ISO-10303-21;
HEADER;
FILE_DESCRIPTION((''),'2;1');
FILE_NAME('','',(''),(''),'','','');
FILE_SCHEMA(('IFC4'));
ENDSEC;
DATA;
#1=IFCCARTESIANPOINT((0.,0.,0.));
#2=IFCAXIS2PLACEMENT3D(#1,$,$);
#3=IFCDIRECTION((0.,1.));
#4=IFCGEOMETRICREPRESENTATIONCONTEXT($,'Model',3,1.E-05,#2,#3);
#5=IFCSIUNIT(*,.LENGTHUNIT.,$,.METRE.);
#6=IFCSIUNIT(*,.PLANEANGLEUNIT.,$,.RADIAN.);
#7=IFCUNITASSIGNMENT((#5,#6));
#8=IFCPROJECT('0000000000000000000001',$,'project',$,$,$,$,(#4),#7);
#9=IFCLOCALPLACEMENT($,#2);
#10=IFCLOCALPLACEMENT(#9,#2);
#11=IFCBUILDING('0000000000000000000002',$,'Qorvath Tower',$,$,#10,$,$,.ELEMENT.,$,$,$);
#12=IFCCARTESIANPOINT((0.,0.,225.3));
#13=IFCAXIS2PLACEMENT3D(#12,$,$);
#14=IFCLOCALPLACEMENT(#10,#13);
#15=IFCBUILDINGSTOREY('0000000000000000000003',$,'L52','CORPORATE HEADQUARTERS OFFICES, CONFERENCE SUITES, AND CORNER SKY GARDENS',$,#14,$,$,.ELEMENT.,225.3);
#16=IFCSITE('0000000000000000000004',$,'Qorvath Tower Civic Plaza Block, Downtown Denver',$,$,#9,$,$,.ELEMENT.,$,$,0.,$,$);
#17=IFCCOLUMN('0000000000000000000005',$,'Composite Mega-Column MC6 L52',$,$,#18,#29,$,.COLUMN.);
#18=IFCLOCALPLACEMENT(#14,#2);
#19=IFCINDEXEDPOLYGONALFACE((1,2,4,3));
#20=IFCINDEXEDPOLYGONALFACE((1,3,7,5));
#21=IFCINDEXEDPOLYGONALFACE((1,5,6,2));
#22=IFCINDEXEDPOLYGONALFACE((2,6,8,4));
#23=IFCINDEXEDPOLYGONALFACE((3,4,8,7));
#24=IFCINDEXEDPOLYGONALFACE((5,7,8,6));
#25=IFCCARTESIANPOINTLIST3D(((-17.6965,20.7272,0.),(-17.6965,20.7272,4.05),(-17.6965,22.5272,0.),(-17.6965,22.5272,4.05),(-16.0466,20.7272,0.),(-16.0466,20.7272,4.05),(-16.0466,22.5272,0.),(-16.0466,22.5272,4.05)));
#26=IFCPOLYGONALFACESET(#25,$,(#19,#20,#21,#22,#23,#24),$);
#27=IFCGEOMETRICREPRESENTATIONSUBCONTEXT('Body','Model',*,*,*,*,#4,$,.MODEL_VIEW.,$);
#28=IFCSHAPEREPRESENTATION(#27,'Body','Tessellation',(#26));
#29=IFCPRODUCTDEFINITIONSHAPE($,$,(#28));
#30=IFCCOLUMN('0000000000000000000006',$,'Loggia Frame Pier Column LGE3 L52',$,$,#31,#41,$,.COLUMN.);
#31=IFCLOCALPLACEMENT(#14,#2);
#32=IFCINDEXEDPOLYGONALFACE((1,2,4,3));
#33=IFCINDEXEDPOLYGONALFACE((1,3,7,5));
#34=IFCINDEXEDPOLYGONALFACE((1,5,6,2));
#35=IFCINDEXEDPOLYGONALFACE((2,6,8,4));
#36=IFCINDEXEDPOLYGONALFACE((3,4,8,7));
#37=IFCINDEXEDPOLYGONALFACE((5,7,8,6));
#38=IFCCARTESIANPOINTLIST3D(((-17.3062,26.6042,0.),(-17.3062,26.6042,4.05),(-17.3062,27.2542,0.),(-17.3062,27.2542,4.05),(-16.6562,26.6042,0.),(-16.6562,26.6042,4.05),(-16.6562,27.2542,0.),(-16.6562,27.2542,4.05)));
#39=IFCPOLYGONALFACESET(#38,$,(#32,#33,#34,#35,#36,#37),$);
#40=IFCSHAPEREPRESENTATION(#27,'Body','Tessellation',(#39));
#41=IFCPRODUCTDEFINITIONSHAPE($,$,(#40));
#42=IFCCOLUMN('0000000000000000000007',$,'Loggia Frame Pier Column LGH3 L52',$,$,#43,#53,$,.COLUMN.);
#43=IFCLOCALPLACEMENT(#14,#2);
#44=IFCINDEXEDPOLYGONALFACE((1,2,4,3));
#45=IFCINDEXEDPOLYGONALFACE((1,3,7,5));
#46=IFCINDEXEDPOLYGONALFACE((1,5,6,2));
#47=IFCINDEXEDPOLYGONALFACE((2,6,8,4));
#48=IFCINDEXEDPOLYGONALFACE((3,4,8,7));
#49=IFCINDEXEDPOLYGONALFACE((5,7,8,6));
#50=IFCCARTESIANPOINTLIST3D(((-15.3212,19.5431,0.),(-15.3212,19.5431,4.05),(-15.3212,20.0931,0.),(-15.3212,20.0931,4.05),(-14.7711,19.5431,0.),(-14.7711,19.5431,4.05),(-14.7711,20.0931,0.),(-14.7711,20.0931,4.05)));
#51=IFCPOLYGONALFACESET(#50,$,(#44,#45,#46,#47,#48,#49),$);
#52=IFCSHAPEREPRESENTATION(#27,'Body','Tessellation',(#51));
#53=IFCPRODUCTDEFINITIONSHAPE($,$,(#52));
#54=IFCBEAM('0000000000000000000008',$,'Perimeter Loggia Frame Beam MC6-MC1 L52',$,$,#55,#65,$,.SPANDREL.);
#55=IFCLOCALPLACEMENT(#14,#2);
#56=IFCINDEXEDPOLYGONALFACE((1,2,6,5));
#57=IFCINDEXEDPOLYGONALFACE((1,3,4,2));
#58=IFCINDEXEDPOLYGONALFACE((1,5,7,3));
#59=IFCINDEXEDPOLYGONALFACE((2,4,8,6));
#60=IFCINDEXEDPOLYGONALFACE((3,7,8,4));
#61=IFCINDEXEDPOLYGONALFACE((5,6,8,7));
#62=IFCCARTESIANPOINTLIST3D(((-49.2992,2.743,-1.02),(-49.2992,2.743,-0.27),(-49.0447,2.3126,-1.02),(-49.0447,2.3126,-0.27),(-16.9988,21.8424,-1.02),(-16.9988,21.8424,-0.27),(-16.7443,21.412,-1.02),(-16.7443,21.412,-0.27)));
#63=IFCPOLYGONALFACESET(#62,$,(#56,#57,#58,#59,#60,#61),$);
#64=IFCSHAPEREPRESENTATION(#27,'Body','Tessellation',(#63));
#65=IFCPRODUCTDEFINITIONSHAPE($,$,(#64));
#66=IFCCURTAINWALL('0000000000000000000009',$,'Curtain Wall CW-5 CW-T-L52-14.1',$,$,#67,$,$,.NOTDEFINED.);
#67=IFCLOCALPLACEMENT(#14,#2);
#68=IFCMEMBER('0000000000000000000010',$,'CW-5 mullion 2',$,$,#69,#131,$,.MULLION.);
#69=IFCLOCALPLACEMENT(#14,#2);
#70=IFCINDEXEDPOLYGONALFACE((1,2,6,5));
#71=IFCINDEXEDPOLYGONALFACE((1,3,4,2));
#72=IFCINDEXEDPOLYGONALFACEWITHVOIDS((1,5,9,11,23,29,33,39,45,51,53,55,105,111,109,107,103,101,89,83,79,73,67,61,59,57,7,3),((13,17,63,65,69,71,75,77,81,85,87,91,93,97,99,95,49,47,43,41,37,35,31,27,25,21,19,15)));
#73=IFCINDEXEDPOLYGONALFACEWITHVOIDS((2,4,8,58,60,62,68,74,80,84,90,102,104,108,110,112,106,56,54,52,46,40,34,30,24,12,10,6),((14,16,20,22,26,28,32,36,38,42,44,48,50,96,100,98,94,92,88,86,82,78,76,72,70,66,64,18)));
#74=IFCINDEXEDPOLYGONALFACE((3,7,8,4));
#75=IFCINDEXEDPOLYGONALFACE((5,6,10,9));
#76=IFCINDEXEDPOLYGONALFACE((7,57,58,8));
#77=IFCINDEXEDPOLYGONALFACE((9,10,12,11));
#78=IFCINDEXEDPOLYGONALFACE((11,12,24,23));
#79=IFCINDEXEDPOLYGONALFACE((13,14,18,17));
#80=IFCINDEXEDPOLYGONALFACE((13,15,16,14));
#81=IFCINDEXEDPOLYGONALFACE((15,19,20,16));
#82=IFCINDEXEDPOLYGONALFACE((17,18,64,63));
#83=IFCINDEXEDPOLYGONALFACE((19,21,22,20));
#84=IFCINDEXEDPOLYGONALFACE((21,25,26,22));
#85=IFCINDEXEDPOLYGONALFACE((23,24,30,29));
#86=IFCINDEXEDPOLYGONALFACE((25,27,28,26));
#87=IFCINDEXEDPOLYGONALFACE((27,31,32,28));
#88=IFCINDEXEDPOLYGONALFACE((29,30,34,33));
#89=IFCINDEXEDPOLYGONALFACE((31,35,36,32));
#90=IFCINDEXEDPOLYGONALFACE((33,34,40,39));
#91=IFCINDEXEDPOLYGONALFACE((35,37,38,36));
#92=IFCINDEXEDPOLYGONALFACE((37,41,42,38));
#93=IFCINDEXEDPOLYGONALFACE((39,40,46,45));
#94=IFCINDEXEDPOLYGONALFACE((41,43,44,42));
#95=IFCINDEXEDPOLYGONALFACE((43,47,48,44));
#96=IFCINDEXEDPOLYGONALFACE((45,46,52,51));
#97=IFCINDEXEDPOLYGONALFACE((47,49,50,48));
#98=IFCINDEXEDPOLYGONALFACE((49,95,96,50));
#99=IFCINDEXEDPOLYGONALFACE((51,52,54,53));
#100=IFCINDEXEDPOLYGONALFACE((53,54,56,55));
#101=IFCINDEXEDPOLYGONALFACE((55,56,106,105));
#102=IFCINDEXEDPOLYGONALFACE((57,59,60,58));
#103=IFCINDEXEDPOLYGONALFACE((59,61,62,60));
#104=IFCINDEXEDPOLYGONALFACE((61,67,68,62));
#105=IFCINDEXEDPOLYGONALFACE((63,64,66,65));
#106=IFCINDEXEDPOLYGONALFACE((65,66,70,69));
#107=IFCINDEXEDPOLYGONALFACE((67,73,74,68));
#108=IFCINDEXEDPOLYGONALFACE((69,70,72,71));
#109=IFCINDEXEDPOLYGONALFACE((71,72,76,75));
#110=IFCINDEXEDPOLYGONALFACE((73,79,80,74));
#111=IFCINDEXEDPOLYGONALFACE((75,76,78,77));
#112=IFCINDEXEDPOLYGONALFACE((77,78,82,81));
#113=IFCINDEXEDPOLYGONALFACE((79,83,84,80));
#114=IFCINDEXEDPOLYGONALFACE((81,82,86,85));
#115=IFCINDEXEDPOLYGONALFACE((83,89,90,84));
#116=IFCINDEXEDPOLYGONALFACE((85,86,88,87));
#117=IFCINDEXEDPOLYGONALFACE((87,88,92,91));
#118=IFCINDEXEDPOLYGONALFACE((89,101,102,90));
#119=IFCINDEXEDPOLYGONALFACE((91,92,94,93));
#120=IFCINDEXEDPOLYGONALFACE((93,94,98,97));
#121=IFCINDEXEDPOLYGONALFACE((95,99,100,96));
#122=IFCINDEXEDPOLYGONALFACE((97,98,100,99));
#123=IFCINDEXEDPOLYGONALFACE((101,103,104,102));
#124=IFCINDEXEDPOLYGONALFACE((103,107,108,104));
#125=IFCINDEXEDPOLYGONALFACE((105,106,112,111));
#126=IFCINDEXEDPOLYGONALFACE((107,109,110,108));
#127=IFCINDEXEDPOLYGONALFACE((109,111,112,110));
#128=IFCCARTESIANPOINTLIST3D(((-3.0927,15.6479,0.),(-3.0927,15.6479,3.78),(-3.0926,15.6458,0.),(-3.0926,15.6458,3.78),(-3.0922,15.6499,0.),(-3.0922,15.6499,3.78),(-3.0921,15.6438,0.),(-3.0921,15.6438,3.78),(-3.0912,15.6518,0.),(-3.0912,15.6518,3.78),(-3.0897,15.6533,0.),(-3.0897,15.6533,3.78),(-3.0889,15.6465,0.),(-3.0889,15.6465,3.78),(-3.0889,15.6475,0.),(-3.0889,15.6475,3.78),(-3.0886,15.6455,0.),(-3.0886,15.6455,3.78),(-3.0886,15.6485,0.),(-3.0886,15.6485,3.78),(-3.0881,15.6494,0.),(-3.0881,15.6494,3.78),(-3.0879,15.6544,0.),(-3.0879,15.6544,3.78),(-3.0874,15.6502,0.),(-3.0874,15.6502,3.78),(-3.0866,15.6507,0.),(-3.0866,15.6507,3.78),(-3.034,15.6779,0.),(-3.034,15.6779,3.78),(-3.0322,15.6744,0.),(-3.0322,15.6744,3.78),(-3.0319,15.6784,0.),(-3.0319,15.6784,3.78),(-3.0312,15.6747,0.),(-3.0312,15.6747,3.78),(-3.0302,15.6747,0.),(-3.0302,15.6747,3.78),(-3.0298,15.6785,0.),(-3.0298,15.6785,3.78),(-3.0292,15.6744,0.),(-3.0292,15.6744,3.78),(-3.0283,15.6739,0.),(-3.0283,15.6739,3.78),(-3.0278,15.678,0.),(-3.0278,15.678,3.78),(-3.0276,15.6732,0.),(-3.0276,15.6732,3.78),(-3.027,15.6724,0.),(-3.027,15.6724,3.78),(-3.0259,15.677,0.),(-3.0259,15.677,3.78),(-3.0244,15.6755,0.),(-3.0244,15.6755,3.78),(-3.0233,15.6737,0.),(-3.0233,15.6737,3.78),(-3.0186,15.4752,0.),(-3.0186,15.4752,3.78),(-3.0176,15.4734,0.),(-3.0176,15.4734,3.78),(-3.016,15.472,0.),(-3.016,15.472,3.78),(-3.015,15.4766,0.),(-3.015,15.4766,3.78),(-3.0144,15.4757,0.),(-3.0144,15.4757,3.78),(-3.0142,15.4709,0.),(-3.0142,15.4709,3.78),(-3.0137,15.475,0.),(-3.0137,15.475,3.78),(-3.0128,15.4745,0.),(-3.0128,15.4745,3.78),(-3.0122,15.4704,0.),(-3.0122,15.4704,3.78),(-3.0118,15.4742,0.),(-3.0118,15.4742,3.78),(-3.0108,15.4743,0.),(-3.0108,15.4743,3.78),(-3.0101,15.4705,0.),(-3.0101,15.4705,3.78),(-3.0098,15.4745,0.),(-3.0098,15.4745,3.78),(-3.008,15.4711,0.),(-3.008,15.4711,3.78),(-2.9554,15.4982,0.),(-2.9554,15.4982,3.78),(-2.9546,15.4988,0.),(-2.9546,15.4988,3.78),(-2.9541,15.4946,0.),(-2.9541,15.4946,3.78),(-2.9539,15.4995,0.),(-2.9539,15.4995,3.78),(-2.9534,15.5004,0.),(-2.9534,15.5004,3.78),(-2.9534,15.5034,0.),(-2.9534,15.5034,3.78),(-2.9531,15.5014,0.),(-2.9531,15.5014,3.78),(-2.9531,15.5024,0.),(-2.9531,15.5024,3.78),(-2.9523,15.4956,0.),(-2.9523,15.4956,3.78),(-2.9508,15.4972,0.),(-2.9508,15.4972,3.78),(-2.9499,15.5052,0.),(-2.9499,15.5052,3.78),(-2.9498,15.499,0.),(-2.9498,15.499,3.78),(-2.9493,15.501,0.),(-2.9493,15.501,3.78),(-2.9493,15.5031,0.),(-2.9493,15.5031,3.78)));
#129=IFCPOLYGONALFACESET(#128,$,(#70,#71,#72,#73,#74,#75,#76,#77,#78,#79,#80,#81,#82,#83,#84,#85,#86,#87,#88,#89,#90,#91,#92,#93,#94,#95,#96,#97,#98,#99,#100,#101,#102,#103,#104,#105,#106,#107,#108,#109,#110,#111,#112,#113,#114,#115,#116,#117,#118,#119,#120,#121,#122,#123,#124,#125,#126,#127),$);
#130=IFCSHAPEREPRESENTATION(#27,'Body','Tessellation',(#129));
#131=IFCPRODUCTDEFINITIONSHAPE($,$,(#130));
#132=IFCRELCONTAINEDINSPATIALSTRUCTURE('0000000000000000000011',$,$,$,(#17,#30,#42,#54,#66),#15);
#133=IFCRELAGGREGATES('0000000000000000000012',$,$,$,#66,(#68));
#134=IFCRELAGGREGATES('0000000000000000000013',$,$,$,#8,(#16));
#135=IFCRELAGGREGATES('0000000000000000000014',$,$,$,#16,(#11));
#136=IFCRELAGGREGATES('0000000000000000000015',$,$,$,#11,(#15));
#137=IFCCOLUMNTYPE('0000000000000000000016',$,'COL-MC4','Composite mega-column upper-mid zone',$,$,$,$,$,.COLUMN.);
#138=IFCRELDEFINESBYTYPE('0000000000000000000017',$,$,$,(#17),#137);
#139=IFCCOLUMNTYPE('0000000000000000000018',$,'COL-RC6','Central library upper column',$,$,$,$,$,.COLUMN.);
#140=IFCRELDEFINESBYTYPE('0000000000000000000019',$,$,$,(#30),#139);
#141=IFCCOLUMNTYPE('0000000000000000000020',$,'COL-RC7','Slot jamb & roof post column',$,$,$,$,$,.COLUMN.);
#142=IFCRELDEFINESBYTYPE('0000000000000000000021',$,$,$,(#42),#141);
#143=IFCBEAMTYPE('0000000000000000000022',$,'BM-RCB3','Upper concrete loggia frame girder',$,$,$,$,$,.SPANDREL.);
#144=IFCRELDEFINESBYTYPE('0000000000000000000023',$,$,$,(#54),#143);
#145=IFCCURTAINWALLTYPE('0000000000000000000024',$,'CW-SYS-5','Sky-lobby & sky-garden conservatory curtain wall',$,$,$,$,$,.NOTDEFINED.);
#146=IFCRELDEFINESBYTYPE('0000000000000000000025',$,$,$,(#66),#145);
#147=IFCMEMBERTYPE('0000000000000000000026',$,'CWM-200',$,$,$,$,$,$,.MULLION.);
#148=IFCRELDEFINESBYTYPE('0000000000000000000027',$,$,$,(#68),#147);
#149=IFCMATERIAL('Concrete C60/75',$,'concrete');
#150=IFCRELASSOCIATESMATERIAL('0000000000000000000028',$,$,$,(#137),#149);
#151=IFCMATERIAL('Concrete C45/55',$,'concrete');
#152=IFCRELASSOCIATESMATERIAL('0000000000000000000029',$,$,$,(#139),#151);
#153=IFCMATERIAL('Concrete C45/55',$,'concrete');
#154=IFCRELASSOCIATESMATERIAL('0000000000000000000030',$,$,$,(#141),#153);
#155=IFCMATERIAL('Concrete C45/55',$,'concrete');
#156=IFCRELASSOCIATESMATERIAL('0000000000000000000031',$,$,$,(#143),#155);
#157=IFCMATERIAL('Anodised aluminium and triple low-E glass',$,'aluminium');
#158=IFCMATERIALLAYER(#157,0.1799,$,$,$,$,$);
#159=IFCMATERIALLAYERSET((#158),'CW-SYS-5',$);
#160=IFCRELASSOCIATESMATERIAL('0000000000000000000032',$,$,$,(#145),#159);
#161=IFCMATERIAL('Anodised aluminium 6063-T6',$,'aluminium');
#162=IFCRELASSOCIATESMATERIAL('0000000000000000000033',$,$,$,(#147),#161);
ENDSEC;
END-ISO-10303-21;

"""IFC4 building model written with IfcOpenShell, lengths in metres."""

from ifc_helpers import new_model, si_unit, direction, frame, origin, origin_2d, place, context, subcontext, project, spatial, rectangle, hollow_rectangle, extrude, material, layer, layer_set, material_profile, profile_set, type_object, element, aggregate, save


model = new_model("IFC4")

# Units and contexts
model_context = context("Model", 3, precision=1e-05, world=origin(), true_north=direction((0.0, 1.0)))
body_context = subcontext(model_context, "Body", "Model", "MODEL_VIEW")
ifc_project = project(units=[si_unit("LENGTHUNIT", "METRE"), si_unit("PLANEANGLEUNIT", "RADIAN")], contexts=[model_context])

# Site, building, storey
site_placement = place(None, origin())
site = spatial("IfcSite", under=ifc_project, at=site_placement, Name="Qorvath Tower Civic Plaza Block, Downtown Denver", CompositionType="ELEMENT", RefElevation=0.0)
building_placement = place(site_placement, origin())
building = spatial("IfcBuilding", under=site, at=building_placement, Name="Qorvath Tower", CompositionType="ELEMENT")
storey_placement = place(building_placement, frame((0.0, 0.0, 225.3)))
storey = spatial("IfcBuildingStorey", under=building, at=storey_placement, Name="L52", Description="CORPORATE HEADQUARTERS OFFICES, CONFERENCE SUITES, AND CORNER SKY GARDENS", CompositionType="ELEMENT", Elevation=225.3)

# Columns
ifc_material_1 = material(Name="Concrete C60/75", Category="concrete")
ifc_material_profile_1 = material_profile(ifc_material_1, rectangle(XDim=1.6499, YDim=1.8, at=origin_2d()), Name="MC 1800x1650")
ifc_profile_set_1 = profile_set([ifc_material_profile_1], Name="Concrete C60/75")
column_type_1 = type_object("IfcColumnType", Name="COL-MC4", Description="Composite mega-column upper-mid zone", PredefinedType="COLUMN", material=ifc_profile_set_1)
column_1_placement = place(storey_placement, frame((-16.8716, 21.6272, 0.0), z_axis=(0.0, 0.0, 1.0), x_axis=(1.0, 0.0, 0.0)))
element("IfcColumn", 1, at=column_1_placement, inside=storey, type_object=column_type_1, Name="Composite Mega-Column MC6 L52", PredefinedType="COLUMN", context=body_context, shape_type="SweptSolid", body=[
    extrude(rectangle(XDim=1.6499, YDim=1.8, at=origin_2d()), origin(), (0.0, 0.0, 1.0), 4.05),
])
ifc_material_2 = material(Name="Concrete C45/55", Category="concrete")
ifc_material_profile_2 = material_profile(ifc_material_2, rectangle(XDim=0.6499, YDim=0.6499, at=origin_2d()), Name="RC 650x650")
ifc_profile_set_2 = profile_set([ifc_material_profile_2], Name="Concrete C45/55")
column_type_2 = type_object("IfcColumnType", Name="COL-RC6", Description="Central library upper column", PredefinedType="COLUMN", material=ifc_profile_set_2)
column_2_placement = place(storey_placement, frame((-16.9812, 26.9292, 0.0), z_axis=(0.0, 0.0, 1.0), x_axis=(1.0, 0.0, 0.0)))
element("IfcColumn", 2, at=column_2_placement, inside=storey, type_object=column_type_2, Name="Loggia Frame Pier Column LGE3 L52", PredefinedType="COLUMN", context=body_context, shape_type="SweptSolid", body=[
    extrude(rectangle(XDim=0.6499, YDim=0.6499, at=origin_2d()), origin(), (0.0, 0.0, 1.0), 4.05),
])
ifc_material_3 = material(Name="Concrete C45/55", Category="concrete")
ifc_material_profile_3 = material_profile(ifc_material_3, rectangle(XDim=0.55, YDim=0.55, at=origin_2d()), Name="RC 550x550")
ifc_profile_set_3 = profile_set([ifc_material_profile_3], Name="Concrete C45/55")
column_type_3 = type_object("IfcColumnType", Name="COL-RC7", Description="Slot jamb & roof post column", PredefinedType="COLUMN", material=ifc_profile_set_3)
column_3_placement = place(storey_placement, frame((-15.0461, 19.8181, 0.0), z_axis=(0.0, 0.0, 1.0), x_axis=(1.0, 0.0, 0.0)))
element("IfcColumn", 3, at=column_3_placement, inside=storey, type_object=column_type_3, Name="Loggia Frame Pier Column LGH3 L52", PredefinedType="COLUMN", context=body_context, shape_type="SweptSolid", body=[
    extrude(rectangle(XDim=0.55, YDim=0.55, at=origin_2d()), origin(), (0.0, 0.0, 1.0), 4.05),
])

# Beam
ifc_material_4 = material(Name="Concrete C45/55", Category="concrete")
ifc_material_profile_4 = material_profile(ifc_material_4, rectangle(XDim=0.5, YDim=0.75, at=origin_2d()), Name="RCB 750x500")
ifc_profile_set_4 = profile_set([ifc_material_profile_4], Name="Concrete C45/55")
beam_type = type_object("IfcBeamType", Name="BM-RCB3", Description="Upper concrete loggia frame girder", PredefinedType="SPANDREL", material=ifc_profile_set_4)
beam_placement = place(storey_placement, frame((-16.8716, 21.6272, -0.645), z_axis=(-0.860777, -0.508983, 0.0), x_axis=(0.508983, -0.860777, 0.0)))
element("IfcBeam", 4, at=beam_placement, inside=storey, type_object=beam_type, Name="Perimeter Loggia Frame Beam MC6-MC1 L52", PredefinedType="SPANDREL", context=body_context, shape_type="SweptSolid", body=[
    extrude(rectangle(XDim=0.5, YDim=0.75, at=origin_2d()), origin(), (0.0, 0.0, 1.0), 37.5247),
])

# Curtain wall, member
ifc_material_5 = material(Name="Anodised aluminium and triple low-E glass", Category="aluminium")
ifc_layer_1 = layer(ifc_material_5, 0.1799)
ifc_layer_set_1 = layer_set([ifc_layer_1], Name="CW-SYS-5")
curtain_wall_type = type_object("IfcCurtainWallType", Name="CW-SYS-5", Description="Sky-lobby & sky-garden conservatory curtain wall", PredefinedType="NOTDEFINED", material=ifc_layer_set_1)
curtain_wall_1_placement = place(storey_placement, origin())
curtain_wall_1 = element("IfcCurtainWall", 5, at=curtain_wall_1_placement, inside=storey, type_object=curtain_wall_type, Name="Curtain Wall CW-5 CW-T-L52-14.1", PredefinedType="NOTDEFINED")
ifc_material_6 = material(Name="Anodised aluminium 6063-T6", Category="aluminium")
ifc_material_profile_5 = material_profile(ifc_material_6, hollow_rectangle(XDim=0.075, YDim=0.2, WallThickness=0.0039, InnerFilletRadius=0.0039, OuterFilletRadius=0.0081, at=origin_2d()), Name="CWM 200x75")
ifc_profile_set_5 = profile_set([ifc_material_profile_5], Name="Anodised aluminium 6063-T6")
member_type_1 = type_object("IfcMemberType", Name="CWM-200", PredefinedType="MULLION", material=ifc_profile_set_5)
member_1_placement = place(storey_placement, frame((-3.021, 15.5745, 0.0), z_axis=(0.0, 0.0, 1.0), x_axis=(-0.916785, -0.399382, 0.0)))
member_1 = element("IfcMember", 6, at=member_1_placement, type_object=member_type_1, Name="CW-5 mullion 2", PredefinedType="MULLION", context=body_context, shape_type="SweptSolid", body=[
    extrude(hollow_rectangle(XDim=0.075, YDim=0.2, WallThickness=0.0039, InnerFilletRadius=0.0039, OuterFilletRadius=0.0081, at=origin_2d()), origin(), (0.0, 0.0, 1.0), 3.78),
])
aggregate(curtain_wall_1, [member_1])

save(model, "model.ifc")
